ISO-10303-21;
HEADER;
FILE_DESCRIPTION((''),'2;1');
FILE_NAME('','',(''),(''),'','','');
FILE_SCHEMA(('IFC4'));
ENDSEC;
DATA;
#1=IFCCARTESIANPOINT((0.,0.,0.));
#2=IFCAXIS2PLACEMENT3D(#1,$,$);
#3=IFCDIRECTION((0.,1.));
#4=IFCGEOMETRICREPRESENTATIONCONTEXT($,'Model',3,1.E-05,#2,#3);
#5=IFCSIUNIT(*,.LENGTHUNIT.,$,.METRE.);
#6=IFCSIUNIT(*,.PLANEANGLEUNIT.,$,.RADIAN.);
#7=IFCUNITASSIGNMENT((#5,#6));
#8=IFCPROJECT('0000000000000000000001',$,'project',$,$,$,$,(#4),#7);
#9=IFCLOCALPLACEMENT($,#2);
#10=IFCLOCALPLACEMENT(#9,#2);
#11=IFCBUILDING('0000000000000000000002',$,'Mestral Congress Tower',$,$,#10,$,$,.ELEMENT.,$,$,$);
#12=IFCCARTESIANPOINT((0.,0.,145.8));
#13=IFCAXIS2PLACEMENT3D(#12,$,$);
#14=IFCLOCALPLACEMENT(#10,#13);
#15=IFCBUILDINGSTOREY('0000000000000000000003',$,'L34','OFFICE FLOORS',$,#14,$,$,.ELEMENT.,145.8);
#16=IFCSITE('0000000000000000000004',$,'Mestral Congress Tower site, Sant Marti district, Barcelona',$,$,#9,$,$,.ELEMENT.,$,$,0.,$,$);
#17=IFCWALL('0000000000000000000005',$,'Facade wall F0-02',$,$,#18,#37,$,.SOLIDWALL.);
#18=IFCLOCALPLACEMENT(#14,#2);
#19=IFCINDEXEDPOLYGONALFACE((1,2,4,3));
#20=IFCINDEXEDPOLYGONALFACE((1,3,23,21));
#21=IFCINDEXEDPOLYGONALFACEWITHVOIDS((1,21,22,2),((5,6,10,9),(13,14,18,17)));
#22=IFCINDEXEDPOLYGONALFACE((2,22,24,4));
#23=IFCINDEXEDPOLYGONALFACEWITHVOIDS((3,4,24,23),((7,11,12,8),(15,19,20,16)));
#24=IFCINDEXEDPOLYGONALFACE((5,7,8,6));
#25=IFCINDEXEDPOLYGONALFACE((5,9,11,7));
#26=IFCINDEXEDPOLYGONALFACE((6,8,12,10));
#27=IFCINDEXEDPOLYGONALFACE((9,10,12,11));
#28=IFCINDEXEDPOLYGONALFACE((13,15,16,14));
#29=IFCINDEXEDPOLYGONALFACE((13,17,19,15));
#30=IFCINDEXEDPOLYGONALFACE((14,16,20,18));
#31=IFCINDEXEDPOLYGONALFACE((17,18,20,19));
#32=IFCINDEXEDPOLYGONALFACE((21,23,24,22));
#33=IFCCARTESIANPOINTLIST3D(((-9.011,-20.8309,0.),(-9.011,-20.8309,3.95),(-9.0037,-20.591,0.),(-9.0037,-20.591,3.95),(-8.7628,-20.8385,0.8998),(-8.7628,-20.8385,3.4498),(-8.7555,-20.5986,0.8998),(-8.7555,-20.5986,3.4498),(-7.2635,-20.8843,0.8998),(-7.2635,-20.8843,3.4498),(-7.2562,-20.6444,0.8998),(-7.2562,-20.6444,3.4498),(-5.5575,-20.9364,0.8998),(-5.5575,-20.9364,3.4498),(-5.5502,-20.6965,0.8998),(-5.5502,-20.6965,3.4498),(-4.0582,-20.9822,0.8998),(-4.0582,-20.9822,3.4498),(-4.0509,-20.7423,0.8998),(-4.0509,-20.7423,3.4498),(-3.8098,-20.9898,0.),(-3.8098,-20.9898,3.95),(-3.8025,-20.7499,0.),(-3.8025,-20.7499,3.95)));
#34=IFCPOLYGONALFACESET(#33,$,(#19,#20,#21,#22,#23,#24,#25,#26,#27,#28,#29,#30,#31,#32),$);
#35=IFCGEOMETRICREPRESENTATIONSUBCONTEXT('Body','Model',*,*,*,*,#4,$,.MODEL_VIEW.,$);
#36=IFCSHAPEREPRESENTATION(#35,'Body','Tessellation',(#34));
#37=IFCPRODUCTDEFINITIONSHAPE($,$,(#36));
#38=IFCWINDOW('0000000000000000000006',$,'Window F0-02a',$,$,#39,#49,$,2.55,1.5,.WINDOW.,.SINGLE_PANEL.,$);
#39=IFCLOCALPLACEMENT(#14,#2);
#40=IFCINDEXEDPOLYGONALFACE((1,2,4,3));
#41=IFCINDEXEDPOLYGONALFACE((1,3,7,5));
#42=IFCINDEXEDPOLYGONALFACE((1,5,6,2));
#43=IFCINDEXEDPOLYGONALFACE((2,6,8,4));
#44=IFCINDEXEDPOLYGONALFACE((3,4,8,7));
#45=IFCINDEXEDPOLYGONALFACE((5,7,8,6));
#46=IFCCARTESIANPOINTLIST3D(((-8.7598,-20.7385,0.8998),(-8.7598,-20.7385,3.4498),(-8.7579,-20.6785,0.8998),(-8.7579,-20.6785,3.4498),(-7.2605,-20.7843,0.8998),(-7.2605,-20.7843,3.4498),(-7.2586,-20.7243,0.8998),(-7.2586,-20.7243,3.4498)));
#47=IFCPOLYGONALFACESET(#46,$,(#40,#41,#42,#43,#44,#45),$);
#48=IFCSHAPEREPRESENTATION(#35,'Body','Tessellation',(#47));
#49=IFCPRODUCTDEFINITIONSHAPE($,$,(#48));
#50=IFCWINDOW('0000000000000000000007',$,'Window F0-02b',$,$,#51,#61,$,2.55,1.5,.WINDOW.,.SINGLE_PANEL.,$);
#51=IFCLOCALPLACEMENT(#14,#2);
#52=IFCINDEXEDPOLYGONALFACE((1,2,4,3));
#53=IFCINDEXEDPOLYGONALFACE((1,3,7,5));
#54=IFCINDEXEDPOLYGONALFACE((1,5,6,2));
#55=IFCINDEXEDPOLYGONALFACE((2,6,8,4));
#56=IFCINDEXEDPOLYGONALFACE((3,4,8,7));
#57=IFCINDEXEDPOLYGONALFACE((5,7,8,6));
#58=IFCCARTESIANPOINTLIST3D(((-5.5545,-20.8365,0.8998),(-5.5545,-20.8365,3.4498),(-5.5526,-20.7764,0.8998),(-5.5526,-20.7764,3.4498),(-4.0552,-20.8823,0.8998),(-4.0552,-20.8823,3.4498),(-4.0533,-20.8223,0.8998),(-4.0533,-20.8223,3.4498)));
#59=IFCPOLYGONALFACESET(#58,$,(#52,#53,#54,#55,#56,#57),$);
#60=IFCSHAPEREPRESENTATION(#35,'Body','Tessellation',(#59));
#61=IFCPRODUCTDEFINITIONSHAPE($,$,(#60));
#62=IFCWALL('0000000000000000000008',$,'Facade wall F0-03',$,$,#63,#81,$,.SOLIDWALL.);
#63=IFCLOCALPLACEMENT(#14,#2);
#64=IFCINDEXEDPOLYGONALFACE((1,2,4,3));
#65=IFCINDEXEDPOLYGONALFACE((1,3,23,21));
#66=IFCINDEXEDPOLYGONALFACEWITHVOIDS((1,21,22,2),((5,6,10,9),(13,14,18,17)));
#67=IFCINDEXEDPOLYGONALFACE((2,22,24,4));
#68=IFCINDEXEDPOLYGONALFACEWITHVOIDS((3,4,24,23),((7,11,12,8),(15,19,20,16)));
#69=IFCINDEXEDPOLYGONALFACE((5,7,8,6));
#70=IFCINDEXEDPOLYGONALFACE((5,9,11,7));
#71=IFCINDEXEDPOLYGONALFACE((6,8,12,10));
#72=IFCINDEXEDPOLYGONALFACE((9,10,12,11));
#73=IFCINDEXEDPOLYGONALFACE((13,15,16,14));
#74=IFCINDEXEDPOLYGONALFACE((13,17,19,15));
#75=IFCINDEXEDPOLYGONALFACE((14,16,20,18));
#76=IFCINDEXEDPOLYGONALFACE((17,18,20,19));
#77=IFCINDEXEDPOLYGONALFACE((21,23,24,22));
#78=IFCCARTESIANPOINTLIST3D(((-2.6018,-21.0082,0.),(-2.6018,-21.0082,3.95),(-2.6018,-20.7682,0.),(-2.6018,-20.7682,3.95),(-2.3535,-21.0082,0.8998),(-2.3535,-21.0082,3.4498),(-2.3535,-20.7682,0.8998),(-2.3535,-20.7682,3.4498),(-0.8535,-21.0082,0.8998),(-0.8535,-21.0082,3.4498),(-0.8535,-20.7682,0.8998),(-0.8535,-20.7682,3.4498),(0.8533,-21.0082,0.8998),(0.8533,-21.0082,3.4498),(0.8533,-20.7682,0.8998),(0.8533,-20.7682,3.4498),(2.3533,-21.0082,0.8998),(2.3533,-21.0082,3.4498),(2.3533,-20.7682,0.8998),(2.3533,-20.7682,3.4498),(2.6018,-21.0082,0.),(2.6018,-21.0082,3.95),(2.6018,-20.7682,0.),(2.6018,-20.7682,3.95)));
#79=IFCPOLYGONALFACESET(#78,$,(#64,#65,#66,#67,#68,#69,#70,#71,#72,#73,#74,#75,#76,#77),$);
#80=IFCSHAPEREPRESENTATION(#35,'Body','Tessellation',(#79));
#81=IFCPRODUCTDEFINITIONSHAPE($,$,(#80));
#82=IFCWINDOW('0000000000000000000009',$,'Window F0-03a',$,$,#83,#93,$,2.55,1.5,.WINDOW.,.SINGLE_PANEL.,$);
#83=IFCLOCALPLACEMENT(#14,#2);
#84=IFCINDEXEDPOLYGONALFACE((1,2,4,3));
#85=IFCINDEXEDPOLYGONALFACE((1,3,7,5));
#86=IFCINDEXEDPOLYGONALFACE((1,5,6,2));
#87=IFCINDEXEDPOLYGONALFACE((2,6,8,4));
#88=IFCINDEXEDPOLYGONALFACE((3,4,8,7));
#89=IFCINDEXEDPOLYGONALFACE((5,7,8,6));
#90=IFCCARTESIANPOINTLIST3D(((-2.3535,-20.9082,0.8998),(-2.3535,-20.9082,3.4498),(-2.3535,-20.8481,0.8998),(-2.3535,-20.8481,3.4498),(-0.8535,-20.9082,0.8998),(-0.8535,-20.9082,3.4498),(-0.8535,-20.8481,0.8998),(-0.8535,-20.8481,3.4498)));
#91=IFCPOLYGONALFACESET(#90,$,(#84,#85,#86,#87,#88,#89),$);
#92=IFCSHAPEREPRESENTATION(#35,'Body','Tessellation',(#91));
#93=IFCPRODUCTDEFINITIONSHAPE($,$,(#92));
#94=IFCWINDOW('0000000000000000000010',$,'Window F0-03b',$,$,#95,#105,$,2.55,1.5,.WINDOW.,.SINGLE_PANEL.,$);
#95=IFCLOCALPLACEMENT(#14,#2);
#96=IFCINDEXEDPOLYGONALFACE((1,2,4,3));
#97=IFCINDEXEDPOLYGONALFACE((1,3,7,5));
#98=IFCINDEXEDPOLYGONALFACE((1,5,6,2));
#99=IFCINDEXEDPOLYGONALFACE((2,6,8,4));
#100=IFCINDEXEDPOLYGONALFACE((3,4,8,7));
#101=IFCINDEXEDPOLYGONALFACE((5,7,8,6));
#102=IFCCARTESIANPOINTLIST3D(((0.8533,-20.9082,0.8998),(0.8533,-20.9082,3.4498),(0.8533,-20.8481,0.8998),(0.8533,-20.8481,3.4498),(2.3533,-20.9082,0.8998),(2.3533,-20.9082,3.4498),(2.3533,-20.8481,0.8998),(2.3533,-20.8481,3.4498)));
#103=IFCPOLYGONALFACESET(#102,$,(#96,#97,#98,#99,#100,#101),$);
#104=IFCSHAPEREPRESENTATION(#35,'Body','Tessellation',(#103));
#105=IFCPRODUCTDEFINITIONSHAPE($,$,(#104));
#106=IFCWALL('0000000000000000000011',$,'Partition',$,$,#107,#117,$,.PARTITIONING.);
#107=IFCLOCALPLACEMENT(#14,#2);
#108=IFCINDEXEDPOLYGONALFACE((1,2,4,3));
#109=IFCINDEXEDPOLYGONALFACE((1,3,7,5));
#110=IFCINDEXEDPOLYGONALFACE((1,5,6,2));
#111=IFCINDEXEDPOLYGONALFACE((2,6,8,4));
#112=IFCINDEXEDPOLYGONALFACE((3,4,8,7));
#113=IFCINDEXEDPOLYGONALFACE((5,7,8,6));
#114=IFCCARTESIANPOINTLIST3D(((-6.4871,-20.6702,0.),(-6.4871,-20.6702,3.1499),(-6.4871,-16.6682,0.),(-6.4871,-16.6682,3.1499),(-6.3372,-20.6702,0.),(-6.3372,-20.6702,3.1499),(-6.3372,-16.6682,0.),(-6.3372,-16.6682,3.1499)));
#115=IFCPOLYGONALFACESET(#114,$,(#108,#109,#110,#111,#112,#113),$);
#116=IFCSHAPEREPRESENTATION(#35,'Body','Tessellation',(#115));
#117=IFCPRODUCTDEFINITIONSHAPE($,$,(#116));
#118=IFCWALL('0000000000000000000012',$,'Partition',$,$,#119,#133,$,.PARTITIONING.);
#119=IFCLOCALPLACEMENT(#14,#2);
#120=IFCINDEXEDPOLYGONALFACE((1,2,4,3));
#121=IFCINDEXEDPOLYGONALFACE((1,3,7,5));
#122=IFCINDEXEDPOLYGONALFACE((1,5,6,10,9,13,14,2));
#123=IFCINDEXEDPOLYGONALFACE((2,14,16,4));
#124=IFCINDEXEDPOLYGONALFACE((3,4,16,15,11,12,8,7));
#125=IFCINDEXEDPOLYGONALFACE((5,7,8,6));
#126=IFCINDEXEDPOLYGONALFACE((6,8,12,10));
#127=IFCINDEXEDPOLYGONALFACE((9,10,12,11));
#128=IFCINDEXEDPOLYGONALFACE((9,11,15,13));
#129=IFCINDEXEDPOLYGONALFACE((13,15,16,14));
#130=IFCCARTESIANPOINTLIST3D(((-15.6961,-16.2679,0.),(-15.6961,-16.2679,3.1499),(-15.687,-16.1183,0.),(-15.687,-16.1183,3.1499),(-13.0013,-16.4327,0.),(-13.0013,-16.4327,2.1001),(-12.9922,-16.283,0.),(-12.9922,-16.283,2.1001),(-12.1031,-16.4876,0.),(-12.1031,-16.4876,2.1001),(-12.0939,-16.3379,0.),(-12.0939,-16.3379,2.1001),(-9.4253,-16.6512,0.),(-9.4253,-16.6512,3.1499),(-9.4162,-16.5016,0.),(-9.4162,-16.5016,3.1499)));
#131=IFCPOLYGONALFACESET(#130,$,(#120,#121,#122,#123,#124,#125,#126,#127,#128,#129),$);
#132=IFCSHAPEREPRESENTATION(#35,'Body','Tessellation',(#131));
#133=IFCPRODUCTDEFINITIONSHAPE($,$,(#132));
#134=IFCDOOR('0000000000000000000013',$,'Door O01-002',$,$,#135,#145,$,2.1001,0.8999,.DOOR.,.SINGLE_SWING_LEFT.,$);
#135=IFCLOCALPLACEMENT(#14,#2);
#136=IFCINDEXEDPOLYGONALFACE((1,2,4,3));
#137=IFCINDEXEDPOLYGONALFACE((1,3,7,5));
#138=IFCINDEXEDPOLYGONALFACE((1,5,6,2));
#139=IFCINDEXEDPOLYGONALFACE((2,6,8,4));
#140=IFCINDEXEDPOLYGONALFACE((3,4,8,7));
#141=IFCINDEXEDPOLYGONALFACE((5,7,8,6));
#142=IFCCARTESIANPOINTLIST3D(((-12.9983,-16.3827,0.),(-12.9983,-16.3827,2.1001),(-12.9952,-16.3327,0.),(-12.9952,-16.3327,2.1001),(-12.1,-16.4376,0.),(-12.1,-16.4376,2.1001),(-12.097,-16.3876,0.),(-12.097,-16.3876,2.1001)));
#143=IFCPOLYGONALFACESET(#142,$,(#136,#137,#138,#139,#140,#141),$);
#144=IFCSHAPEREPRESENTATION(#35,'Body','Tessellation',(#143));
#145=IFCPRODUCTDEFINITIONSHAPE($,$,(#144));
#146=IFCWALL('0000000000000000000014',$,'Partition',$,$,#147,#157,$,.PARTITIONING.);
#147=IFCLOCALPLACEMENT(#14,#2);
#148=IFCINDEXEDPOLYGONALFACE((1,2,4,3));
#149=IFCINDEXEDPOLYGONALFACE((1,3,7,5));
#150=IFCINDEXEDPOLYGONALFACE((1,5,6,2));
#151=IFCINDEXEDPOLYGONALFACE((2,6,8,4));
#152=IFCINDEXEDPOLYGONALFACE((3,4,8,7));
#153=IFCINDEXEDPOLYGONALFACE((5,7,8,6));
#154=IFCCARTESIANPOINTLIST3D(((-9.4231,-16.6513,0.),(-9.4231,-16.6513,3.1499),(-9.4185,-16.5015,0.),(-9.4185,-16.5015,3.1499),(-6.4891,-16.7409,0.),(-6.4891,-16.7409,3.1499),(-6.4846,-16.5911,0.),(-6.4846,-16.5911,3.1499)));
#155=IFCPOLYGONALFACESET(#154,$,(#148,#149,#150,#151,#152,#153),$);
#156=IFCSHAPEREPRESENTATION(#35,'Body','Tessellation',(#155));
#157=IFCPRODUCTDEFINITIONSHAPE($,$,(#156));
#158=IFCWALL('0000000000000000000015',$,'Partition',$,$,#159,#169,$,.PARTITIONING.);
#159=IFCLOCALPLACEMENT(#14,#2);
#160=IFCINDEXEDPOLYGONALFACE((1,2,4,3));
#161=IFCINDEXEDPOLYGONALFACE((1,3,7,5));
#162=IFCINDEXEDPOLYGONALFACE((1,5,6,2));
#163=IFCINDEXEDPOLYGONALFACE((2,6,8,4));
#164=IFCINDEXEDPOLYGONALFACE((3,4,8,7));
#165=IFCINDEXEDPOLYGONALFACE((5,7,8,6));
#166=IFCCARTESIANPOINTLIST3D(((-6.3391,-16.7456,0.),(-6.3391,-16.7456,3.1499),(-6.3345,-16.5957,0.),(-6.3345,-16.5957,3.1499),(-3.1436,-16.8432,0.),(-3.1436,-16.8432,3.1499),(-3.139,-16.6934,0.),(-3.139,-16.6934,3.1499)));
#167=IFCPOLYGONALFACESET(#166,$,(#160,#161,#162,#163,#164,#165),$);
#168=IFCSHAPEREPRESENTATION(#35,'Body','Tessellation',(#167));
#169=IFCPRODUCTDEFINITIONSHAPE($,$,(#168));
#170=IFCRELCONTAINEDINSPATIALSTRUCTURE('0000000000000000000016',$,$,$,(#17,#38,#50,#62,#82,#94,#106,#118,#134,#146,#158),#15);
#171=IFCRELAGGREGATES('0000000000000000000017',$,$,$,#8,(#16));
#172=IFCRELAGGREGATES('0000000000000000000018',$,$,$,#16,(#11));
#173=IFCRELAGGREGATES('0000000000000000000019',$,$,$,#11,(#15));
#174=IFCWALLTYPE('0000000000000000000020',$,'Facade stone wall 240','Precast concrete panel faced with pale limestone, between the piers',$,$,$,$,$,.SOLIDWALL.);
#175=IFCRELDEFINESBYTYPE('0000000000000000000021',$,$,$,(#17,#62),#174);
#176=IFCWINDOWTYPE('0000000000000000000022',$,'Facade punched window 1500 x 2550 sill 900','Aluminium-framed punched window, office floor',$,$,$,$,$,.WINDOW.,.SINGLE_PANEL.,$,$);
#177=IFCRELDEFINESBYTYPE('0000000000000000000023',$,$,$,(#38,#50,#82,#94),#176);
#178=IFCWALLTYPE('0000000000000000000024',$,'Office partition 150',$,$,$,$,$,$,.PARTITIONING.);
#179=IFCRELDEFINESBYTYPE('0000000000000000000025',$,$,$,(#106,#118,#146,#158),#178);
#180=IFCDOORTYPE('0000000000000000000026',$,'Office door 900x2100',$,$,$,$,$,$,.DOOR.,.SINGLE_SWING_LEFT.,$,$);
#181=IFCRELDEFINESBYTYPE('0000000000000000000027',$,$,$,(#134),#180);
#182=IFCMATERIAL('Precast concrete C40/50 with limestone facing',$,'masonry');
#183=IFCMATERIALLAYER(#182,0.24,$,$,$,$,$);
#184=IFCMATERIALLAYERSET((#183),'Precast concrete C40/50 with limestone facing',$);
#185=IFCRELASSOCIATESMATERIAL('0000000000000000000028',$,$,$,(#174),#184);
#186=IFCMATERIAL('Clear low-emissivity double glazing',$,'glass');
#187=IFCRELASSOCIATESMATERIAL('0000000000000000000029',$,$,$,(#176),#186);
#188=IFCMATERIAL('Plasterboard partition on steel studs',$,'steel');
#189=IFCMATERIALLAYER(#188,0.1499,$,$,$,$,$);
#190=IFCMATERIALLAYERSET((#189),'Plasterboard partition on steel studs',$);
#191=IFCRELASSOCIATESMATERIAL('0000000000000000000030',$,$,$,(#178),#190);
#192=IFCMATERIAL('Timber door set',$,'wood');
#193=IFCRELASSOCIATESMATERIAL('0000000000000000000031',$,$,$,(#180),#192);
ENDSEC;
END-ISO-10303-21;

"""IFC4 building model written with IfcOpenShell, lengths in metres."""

from ifc_helpers import new_model, si_unit, direction, frame, frame_2d, origin, place, context, subcontext, project, spatial, rectangle, extrude, material, layer, layer_set, type_object, element, fill, save


model = new_model("IFC4")

# Units and contexts
model_context = context("Model", 3, precision=1e-05, world=origin(), true_north=direction((0.0, 1.0)))
body_context = subcontext(model_context, "Body", "Model", "MODEL_VIEW")
ifc_project = project(units=[si_unit("LENGTHUNIT", "METRE"), si_unit("PLANEANGLEUNIT", "RADIAN")], contexts=[model_context])

# Site, building, storey
site_placement = place(None, origin())
site = spatial("IfcSite", under=ifc_project, at=site_placement, Name="Mestral Congress Tower site, Sant Marti district, Barcelona", CompositionType="ELEMENT", RefElevation=0.0)
building_placement = place(site_placement, origin())
building = spatial("IfcBuilding", under=site, at=building_placement, Name="Mestral Congress Tower", CompositionType="ELEMENT")
storey_placement = place(building_placement, frame((0.0, 0.0, 145.8)))
storey = spatial("IfcBuildingStorey", under=building, at=storey_placement, Name="L34", Description="OFFICE FLOORS", CompositionType="ELEMENT", Elevation=145.8)

# Walls, openings, windows
ifc_material_1 = material(Name="Precast concrete C40/50 with limestone facing", Category="masonry")
ifc_layer_1 = layer(ifc_material_1, 0.24)
ifc_layer_set_1 = layer_set([ifc_layer_1], Name="Precast concrete C40/50 with limestone facing")
wall_type_1 = type_object("IfcWallType", Name="Facade stone wall 240", Description="Precast concrete panel faced with pale limestone, between the piers", PredefinedType="SOLIDWALL", material=ifc_layer_set_1)
wall_1_placement = place(storey_placement, frame((-9.0073, -20.7109, 0.0), z_axis=(0.0, 0.0, 1.0), x_axis=(0.999533, -0.030543, 0.0)))
wall_1 = element("IfcWall", 1, at=wall_1_placement, inside=storey, type_object=wall_type_1, Name="Facade wall F0-02", PredefinedType="SOLIDWALL", context=body_context, shape_type="SweptSolid", body=[
    extrude(rectangle(XDim=5.2036, YDim=0.24, at=frame_2d((2.6018, 0.0))), origin(), (0.0, 0.0, 1.0), 3.95),
])
opening_1_placement = place(wall_1_placement, frame((0.2483, 0.0, 0.8999)))
opening_1 = element("IfcOpeningElement", 2, at=opening_1_placement, cuts=wall_1, PredefinedType="OPENING", context=body_context, shape_type="SweptSolid", body=[
    extrude(rectangle(XDim=1.5, YDim=2.55, at=frame_2d((0.75, 1.2749))), frame((0.0, 0.1299, 0.0), z_axis=(0.0, -1.0, 0.0), x_axis=(1.0, 0.0, 0.0)), (0.0, 0.0, 1.0), 0.26),
])
opening_2_placement = place(wall_1_placement, frame((3.4551, 0.0, 0.8999)))
opening_2 = element("IfcOpeningElement", 3, at=opening_2_placement, cuts=wall_1, PredefinedType="OPENING", context=body_context, shape_type="SweptSolid", body=[
    extrude(rectangle(XDim=1.5, YDim=2.55, at=frame_2d((0.75, 1.2749))), frame((0.0, 0.1299, 0.0), z_axis=(0.0, -1.0, 0.0), x_axis=(1.0, 0.0, 0.0)), (0.0, 0.0, 1.0), 0.26),
])
ifc_material_2 = material(Name="Clear low-emissivity double glazing", Category="glass")
window_type = type_object("IfcWindowType", Name="Facade punched window 1500 x 2550 sill 900", Description="Aluminium-framed punched window, office floor", PartitioningType="SINGLE_PANEL", PredefinedType="WINDOW", material=ifc_material_2)
window_1_placement = place(opening_1_placement, origin())
window_1 = element("IfcWindow", 4, at=window_1_placement, inside=storey, type_object=window_type, Name="Window F0-02a", OverallHeight=2.55, OverallWidth=1.5, PartitioningType="SINGLE_PANEL", PredefinedType="WINDOW", context=body_context, shape_type="SweptSolid", body=[
    extrude(rectangle(XDim=1.5, YDim=2.55, at=frame_2d((0.75, 1.2749))), frame((0.0, 0.04, 0.0), z_axis=(0.0, -1.0, 0.0), x_axis=(1.0, 0.0, 0.0)), (0.0, 0.0, 1.0), 0.0601),
])
fill(opening_1, window_1)
window_2_placement = place(opening_2_placement, origin())
window_2 = element("IfcWindow", 5, at=window_2_placement, inside=storey, type_object=window_type, Name="Window F0-02b", OverallHeight=2.55, OverallWidth=1.5, PartitioningType="SINGLE_PANEL", PredefinedType="WINDOW", context=body_context, shape_type="SweptSolid", body=[
    extrude(rectangle(XDim=1.5, YDim=2.55, at=frame_2d((0.75, 1.2749))), frame((0.0, 0.04, 0.0), z_axis=(0.0, -1.0, 0.0), x_axis=(1.0, 0.0, 0.0)), (0.0, 0.0, 1.0), 0.0601),
])
fill(opening_2, window_2)
wall_2_placement = place(storey_placement, frame((-2.6018, -20.8882, 0.0), z_axis=(0.0, 0.0, 1.0), x_axis=(1.0, 0.0, 0.0)))
wall_2 = element("IfcWall", 6, at=wall_2_placement, inside=storey, type_object=wall_type_1, Name="Facade wall F0-03", PredefinedType="SOLIDWALL", context=body_context, shape_type="SweptSolid", body=[
    extrude(rectangle(XDim=5.2036, YDim=0.24, at=frame_2d((2.6018, 0.0))), origin(), (0.0, 0.0, 1.0), 3.95),
])
opening_3_placement = place(wall_2_placement, frame((0.2483, 0.0, 0.8999)))
opening_3 = element("IfcOpeningElement", 7, at=opening_3_placement, cuts=wall_2, PredefinedType="OPENING", context=body_context, shape_type="SweptSolid", body=[
    extrude(rectangle(XDim=1.5, YDim=2.55, at=frame_2d((0.75, 1.2749))), frame((0.0, 0.1299, 0.0), z_axis=(0.0, -1.0, 0.0), x_axis=(1.0, 0.0, 0.0)), (0.0, 0.0, 1.0), 0.26),
])
opening_4_placement = place(wall_2_placement, frame((3.4551, 0.0, 0.8999)))
opening_4 = element("IfcOpeningElement", 8, at=opening_4_placement, cuts=wall_2, PredefinedType="OPENING", context=body_context, shape_type="SweptSolid", body=[
    extrude(rectangle(XDim=1.5, YDim=2.55, at=frame_2d((0.75, 1.2749))), frame((0.0, 0.1299, 0.0), z_axis=(0.0, -1.0, 0.0), x_axis=(1.0, 0.0, 0.0)), (0.0, 0.0, 1.0), 0.26),
])
window_3_placement = place(opening_3_placement, origin())
window_3 = element("IfcWindow", 9, at=window_3_placement, inside=storey, type_object=window_type, Name="Window F0-03a", OverallHeight=2.55, OverallWidth=1.5, PartitioningType="SINGLE_PANEL", PredefinedType="WINDOW", context=body_context, shape_type="SweptSolid", body=[
    extrude(rectangle(XDim=1.5, YDim=2.55, at=frame_2d((0.75, 1.2749))), frame((0.0, 0.04, 0.0), z_axis=(0.0, -1.0, 0.0), x_axis=(1.0, 0.0, 0.0)), (0.0, 0.0, 1.0), 0.0601),
])
fill(opening_3, window_3)
window_4_placement = place(opening_4_placement, origin())
window_4 = element("IfcWindow", 10, at=window_4_placement, inside=storey, type_object=window_type, Name="Window F0-03b", OverallHeight=2.55, OverallWidth=1.5, PartitioningType="SINGLE_PANEL", PredefinedType="WINDOW", context=body_context, shape_type="SweptSolid", body=[
    extrude(rectangle(XDim=1.5, YDim=2.55, at=frame_2d((0.75, 1.2749))), frame((0.0, 0.04, 0.0), z_axis=(0.0, -1.0, 0.0), x_axis=(1.0, 0.0, 0.0)), (0.0, 0.0, 1.0), 0.0601),
])
fill(opening_4, window_4)

# Wall
ifc_material_3 = material(Name="Plasterboard partition on steel studs", Category="steel")
ifc_layer_2 = layer(ifc_material_3, 0.1499)
ifc_layer_set_2 = layer_set([ifc_layer_2], Name="Plasterboard partition on steel studs")
wall_type_2 = type_object("IfcWallType", Name="Office partition 150", PredefinedType="PARTITIONING", material=ifc_layer_set_2)
wall_3_placement = place(storey_placement, frame((-6.4121, -16.6682, 0.0), z_axis=(0.0, 0.0, 1.0), x_axis=(0.0, -1.0, 0.0)))
element("IfcWall", 11, at=wall_3_placement, inside=storey, type_object=wall_type_2, Name="Partition", PredefinedType="PARTITIONING", context=body_context, shape_type="SweptSolid", body=[
    extrude(rectangle(XDim=4.002, YDim=0.1499, at=frame_2d((2.001, 0.0))), origin(), (0.0, 0.0, 1.0), 3.1499),
])

# Wall, opening, door
wall_4_placement = place(storey_placement, frame((-9.4209, -16.5764, 0.0), z_axis=(0.0, 0.0, 1.0), x_axis=(-0.998137, 0.061011, 0.0)))
wall_4 = element("IfcWall", 12, at=wall_4_placement, inside=storey, type_object=wall_type_2, Name="Partition", PredefinedType="PARTITIONING", context=body_context, shape_type="SweptSolid", body=[
    extrude(rectangle(XDim=6.2825, YDim=0.1499, at=frame_2d((3.1411, 0.0))), origin(), (0.0, 0.0, 1.0), 3.1499),
])
opening_5_placement = place(wall_4_placement, frame((2.6826, 0.0, 0.0)))
opening_5 = element("IfcOpeningElement", 13, at=opening_5_placement, cuts=wall_4, PredefinedType="OPENING", context=body_context, shape_type="SweptSolid", body=[
    extrude(rectangle(XDim=0.8999, YDim=2.1001, at=frame_2d((0.45, 1.05))), frame((0.0, 0.085, 0.0), z_axis=(0.0, -1.0, 0.0), x_axis=(1.0, 0.0, 0.0)), (0.0, 0.0, 1.0), 0.1699),
])
ifc_material_4 = material(Name="Timber door set", Category="wood")
door_type_1 = type_object("IfcDoorType", Name="Office door 900x2100", OperationType="SINGLE_SWING_LEFT", PredefinedType="DOOR", material=ifc_material_4)
door_1_placement = place(opening_5_placement, origin())
door_1 = element("IfcDoor", 14, at=door_1_placement, inside=storey, type_object=door_type_1, Name="Door O01-002", OperationType="SINGLE_SWING_LEFT", OverallHeight=2.1001, OverallWidth=0.8999, PredefinedType="DOOR", context=body_context, shape_type="SweptSolid", body=[
    extrude(rectangle(XDim=0.8999, YDim=2.1001, at=frame_2d((0.45, 1.05))), frame((0.0, 0.0249, 0.0), z_axis=(0.0, -1.0, 0.0), x_axis=(1.0, 0.0, 0.0)), (0.0, 0.0, 1.0), 0.05),
])
fill(opening_5, door_1)

# Walls
wall_5_placement = place(storey_placement, frame((-9.4209, -16.5764, 0.0), z_axis=(0.0, 0.0, 1.0), x_axis=(0.999534, -0.030526, 0.0)))
element("IfcWall", 15, at=wall_5_placement, inside=storey, type_object=wall_type_2, Name="Partition", PredefinedType="PARTITIONING", context=body_context, shape_type="SweptSolid", body=[
    extrude(rectangle(XDim=2.9353, YDim=0.1499, at=frame_2d((1.4678, 0.0))), origin(), (0.0, 0.0, 1.0), 3.1499),
])
wall_6_placement = place(storey_placement, frame((-6.3369, -16.6707, 0.0), z_axis=(0.0, 0.0, 1.0), x_axis=(0.999533, -0.030546, 0.0)))
element("IfcWall", 16, at=wall_6_placement, inside=storey, type_object=wall_type_2, Name="Partition", PredefinedType="PARTITIONING", context=body_context, shape_type="SweptSolid", body=[
    extrude(rectangle(XDim=3.197, YDim=0.1499, at=frame_2d((1.5986, 0.0))), origin(), (0.0, 0.0, 1.0), 3.1499),
])

save(model, "model.ifc")
